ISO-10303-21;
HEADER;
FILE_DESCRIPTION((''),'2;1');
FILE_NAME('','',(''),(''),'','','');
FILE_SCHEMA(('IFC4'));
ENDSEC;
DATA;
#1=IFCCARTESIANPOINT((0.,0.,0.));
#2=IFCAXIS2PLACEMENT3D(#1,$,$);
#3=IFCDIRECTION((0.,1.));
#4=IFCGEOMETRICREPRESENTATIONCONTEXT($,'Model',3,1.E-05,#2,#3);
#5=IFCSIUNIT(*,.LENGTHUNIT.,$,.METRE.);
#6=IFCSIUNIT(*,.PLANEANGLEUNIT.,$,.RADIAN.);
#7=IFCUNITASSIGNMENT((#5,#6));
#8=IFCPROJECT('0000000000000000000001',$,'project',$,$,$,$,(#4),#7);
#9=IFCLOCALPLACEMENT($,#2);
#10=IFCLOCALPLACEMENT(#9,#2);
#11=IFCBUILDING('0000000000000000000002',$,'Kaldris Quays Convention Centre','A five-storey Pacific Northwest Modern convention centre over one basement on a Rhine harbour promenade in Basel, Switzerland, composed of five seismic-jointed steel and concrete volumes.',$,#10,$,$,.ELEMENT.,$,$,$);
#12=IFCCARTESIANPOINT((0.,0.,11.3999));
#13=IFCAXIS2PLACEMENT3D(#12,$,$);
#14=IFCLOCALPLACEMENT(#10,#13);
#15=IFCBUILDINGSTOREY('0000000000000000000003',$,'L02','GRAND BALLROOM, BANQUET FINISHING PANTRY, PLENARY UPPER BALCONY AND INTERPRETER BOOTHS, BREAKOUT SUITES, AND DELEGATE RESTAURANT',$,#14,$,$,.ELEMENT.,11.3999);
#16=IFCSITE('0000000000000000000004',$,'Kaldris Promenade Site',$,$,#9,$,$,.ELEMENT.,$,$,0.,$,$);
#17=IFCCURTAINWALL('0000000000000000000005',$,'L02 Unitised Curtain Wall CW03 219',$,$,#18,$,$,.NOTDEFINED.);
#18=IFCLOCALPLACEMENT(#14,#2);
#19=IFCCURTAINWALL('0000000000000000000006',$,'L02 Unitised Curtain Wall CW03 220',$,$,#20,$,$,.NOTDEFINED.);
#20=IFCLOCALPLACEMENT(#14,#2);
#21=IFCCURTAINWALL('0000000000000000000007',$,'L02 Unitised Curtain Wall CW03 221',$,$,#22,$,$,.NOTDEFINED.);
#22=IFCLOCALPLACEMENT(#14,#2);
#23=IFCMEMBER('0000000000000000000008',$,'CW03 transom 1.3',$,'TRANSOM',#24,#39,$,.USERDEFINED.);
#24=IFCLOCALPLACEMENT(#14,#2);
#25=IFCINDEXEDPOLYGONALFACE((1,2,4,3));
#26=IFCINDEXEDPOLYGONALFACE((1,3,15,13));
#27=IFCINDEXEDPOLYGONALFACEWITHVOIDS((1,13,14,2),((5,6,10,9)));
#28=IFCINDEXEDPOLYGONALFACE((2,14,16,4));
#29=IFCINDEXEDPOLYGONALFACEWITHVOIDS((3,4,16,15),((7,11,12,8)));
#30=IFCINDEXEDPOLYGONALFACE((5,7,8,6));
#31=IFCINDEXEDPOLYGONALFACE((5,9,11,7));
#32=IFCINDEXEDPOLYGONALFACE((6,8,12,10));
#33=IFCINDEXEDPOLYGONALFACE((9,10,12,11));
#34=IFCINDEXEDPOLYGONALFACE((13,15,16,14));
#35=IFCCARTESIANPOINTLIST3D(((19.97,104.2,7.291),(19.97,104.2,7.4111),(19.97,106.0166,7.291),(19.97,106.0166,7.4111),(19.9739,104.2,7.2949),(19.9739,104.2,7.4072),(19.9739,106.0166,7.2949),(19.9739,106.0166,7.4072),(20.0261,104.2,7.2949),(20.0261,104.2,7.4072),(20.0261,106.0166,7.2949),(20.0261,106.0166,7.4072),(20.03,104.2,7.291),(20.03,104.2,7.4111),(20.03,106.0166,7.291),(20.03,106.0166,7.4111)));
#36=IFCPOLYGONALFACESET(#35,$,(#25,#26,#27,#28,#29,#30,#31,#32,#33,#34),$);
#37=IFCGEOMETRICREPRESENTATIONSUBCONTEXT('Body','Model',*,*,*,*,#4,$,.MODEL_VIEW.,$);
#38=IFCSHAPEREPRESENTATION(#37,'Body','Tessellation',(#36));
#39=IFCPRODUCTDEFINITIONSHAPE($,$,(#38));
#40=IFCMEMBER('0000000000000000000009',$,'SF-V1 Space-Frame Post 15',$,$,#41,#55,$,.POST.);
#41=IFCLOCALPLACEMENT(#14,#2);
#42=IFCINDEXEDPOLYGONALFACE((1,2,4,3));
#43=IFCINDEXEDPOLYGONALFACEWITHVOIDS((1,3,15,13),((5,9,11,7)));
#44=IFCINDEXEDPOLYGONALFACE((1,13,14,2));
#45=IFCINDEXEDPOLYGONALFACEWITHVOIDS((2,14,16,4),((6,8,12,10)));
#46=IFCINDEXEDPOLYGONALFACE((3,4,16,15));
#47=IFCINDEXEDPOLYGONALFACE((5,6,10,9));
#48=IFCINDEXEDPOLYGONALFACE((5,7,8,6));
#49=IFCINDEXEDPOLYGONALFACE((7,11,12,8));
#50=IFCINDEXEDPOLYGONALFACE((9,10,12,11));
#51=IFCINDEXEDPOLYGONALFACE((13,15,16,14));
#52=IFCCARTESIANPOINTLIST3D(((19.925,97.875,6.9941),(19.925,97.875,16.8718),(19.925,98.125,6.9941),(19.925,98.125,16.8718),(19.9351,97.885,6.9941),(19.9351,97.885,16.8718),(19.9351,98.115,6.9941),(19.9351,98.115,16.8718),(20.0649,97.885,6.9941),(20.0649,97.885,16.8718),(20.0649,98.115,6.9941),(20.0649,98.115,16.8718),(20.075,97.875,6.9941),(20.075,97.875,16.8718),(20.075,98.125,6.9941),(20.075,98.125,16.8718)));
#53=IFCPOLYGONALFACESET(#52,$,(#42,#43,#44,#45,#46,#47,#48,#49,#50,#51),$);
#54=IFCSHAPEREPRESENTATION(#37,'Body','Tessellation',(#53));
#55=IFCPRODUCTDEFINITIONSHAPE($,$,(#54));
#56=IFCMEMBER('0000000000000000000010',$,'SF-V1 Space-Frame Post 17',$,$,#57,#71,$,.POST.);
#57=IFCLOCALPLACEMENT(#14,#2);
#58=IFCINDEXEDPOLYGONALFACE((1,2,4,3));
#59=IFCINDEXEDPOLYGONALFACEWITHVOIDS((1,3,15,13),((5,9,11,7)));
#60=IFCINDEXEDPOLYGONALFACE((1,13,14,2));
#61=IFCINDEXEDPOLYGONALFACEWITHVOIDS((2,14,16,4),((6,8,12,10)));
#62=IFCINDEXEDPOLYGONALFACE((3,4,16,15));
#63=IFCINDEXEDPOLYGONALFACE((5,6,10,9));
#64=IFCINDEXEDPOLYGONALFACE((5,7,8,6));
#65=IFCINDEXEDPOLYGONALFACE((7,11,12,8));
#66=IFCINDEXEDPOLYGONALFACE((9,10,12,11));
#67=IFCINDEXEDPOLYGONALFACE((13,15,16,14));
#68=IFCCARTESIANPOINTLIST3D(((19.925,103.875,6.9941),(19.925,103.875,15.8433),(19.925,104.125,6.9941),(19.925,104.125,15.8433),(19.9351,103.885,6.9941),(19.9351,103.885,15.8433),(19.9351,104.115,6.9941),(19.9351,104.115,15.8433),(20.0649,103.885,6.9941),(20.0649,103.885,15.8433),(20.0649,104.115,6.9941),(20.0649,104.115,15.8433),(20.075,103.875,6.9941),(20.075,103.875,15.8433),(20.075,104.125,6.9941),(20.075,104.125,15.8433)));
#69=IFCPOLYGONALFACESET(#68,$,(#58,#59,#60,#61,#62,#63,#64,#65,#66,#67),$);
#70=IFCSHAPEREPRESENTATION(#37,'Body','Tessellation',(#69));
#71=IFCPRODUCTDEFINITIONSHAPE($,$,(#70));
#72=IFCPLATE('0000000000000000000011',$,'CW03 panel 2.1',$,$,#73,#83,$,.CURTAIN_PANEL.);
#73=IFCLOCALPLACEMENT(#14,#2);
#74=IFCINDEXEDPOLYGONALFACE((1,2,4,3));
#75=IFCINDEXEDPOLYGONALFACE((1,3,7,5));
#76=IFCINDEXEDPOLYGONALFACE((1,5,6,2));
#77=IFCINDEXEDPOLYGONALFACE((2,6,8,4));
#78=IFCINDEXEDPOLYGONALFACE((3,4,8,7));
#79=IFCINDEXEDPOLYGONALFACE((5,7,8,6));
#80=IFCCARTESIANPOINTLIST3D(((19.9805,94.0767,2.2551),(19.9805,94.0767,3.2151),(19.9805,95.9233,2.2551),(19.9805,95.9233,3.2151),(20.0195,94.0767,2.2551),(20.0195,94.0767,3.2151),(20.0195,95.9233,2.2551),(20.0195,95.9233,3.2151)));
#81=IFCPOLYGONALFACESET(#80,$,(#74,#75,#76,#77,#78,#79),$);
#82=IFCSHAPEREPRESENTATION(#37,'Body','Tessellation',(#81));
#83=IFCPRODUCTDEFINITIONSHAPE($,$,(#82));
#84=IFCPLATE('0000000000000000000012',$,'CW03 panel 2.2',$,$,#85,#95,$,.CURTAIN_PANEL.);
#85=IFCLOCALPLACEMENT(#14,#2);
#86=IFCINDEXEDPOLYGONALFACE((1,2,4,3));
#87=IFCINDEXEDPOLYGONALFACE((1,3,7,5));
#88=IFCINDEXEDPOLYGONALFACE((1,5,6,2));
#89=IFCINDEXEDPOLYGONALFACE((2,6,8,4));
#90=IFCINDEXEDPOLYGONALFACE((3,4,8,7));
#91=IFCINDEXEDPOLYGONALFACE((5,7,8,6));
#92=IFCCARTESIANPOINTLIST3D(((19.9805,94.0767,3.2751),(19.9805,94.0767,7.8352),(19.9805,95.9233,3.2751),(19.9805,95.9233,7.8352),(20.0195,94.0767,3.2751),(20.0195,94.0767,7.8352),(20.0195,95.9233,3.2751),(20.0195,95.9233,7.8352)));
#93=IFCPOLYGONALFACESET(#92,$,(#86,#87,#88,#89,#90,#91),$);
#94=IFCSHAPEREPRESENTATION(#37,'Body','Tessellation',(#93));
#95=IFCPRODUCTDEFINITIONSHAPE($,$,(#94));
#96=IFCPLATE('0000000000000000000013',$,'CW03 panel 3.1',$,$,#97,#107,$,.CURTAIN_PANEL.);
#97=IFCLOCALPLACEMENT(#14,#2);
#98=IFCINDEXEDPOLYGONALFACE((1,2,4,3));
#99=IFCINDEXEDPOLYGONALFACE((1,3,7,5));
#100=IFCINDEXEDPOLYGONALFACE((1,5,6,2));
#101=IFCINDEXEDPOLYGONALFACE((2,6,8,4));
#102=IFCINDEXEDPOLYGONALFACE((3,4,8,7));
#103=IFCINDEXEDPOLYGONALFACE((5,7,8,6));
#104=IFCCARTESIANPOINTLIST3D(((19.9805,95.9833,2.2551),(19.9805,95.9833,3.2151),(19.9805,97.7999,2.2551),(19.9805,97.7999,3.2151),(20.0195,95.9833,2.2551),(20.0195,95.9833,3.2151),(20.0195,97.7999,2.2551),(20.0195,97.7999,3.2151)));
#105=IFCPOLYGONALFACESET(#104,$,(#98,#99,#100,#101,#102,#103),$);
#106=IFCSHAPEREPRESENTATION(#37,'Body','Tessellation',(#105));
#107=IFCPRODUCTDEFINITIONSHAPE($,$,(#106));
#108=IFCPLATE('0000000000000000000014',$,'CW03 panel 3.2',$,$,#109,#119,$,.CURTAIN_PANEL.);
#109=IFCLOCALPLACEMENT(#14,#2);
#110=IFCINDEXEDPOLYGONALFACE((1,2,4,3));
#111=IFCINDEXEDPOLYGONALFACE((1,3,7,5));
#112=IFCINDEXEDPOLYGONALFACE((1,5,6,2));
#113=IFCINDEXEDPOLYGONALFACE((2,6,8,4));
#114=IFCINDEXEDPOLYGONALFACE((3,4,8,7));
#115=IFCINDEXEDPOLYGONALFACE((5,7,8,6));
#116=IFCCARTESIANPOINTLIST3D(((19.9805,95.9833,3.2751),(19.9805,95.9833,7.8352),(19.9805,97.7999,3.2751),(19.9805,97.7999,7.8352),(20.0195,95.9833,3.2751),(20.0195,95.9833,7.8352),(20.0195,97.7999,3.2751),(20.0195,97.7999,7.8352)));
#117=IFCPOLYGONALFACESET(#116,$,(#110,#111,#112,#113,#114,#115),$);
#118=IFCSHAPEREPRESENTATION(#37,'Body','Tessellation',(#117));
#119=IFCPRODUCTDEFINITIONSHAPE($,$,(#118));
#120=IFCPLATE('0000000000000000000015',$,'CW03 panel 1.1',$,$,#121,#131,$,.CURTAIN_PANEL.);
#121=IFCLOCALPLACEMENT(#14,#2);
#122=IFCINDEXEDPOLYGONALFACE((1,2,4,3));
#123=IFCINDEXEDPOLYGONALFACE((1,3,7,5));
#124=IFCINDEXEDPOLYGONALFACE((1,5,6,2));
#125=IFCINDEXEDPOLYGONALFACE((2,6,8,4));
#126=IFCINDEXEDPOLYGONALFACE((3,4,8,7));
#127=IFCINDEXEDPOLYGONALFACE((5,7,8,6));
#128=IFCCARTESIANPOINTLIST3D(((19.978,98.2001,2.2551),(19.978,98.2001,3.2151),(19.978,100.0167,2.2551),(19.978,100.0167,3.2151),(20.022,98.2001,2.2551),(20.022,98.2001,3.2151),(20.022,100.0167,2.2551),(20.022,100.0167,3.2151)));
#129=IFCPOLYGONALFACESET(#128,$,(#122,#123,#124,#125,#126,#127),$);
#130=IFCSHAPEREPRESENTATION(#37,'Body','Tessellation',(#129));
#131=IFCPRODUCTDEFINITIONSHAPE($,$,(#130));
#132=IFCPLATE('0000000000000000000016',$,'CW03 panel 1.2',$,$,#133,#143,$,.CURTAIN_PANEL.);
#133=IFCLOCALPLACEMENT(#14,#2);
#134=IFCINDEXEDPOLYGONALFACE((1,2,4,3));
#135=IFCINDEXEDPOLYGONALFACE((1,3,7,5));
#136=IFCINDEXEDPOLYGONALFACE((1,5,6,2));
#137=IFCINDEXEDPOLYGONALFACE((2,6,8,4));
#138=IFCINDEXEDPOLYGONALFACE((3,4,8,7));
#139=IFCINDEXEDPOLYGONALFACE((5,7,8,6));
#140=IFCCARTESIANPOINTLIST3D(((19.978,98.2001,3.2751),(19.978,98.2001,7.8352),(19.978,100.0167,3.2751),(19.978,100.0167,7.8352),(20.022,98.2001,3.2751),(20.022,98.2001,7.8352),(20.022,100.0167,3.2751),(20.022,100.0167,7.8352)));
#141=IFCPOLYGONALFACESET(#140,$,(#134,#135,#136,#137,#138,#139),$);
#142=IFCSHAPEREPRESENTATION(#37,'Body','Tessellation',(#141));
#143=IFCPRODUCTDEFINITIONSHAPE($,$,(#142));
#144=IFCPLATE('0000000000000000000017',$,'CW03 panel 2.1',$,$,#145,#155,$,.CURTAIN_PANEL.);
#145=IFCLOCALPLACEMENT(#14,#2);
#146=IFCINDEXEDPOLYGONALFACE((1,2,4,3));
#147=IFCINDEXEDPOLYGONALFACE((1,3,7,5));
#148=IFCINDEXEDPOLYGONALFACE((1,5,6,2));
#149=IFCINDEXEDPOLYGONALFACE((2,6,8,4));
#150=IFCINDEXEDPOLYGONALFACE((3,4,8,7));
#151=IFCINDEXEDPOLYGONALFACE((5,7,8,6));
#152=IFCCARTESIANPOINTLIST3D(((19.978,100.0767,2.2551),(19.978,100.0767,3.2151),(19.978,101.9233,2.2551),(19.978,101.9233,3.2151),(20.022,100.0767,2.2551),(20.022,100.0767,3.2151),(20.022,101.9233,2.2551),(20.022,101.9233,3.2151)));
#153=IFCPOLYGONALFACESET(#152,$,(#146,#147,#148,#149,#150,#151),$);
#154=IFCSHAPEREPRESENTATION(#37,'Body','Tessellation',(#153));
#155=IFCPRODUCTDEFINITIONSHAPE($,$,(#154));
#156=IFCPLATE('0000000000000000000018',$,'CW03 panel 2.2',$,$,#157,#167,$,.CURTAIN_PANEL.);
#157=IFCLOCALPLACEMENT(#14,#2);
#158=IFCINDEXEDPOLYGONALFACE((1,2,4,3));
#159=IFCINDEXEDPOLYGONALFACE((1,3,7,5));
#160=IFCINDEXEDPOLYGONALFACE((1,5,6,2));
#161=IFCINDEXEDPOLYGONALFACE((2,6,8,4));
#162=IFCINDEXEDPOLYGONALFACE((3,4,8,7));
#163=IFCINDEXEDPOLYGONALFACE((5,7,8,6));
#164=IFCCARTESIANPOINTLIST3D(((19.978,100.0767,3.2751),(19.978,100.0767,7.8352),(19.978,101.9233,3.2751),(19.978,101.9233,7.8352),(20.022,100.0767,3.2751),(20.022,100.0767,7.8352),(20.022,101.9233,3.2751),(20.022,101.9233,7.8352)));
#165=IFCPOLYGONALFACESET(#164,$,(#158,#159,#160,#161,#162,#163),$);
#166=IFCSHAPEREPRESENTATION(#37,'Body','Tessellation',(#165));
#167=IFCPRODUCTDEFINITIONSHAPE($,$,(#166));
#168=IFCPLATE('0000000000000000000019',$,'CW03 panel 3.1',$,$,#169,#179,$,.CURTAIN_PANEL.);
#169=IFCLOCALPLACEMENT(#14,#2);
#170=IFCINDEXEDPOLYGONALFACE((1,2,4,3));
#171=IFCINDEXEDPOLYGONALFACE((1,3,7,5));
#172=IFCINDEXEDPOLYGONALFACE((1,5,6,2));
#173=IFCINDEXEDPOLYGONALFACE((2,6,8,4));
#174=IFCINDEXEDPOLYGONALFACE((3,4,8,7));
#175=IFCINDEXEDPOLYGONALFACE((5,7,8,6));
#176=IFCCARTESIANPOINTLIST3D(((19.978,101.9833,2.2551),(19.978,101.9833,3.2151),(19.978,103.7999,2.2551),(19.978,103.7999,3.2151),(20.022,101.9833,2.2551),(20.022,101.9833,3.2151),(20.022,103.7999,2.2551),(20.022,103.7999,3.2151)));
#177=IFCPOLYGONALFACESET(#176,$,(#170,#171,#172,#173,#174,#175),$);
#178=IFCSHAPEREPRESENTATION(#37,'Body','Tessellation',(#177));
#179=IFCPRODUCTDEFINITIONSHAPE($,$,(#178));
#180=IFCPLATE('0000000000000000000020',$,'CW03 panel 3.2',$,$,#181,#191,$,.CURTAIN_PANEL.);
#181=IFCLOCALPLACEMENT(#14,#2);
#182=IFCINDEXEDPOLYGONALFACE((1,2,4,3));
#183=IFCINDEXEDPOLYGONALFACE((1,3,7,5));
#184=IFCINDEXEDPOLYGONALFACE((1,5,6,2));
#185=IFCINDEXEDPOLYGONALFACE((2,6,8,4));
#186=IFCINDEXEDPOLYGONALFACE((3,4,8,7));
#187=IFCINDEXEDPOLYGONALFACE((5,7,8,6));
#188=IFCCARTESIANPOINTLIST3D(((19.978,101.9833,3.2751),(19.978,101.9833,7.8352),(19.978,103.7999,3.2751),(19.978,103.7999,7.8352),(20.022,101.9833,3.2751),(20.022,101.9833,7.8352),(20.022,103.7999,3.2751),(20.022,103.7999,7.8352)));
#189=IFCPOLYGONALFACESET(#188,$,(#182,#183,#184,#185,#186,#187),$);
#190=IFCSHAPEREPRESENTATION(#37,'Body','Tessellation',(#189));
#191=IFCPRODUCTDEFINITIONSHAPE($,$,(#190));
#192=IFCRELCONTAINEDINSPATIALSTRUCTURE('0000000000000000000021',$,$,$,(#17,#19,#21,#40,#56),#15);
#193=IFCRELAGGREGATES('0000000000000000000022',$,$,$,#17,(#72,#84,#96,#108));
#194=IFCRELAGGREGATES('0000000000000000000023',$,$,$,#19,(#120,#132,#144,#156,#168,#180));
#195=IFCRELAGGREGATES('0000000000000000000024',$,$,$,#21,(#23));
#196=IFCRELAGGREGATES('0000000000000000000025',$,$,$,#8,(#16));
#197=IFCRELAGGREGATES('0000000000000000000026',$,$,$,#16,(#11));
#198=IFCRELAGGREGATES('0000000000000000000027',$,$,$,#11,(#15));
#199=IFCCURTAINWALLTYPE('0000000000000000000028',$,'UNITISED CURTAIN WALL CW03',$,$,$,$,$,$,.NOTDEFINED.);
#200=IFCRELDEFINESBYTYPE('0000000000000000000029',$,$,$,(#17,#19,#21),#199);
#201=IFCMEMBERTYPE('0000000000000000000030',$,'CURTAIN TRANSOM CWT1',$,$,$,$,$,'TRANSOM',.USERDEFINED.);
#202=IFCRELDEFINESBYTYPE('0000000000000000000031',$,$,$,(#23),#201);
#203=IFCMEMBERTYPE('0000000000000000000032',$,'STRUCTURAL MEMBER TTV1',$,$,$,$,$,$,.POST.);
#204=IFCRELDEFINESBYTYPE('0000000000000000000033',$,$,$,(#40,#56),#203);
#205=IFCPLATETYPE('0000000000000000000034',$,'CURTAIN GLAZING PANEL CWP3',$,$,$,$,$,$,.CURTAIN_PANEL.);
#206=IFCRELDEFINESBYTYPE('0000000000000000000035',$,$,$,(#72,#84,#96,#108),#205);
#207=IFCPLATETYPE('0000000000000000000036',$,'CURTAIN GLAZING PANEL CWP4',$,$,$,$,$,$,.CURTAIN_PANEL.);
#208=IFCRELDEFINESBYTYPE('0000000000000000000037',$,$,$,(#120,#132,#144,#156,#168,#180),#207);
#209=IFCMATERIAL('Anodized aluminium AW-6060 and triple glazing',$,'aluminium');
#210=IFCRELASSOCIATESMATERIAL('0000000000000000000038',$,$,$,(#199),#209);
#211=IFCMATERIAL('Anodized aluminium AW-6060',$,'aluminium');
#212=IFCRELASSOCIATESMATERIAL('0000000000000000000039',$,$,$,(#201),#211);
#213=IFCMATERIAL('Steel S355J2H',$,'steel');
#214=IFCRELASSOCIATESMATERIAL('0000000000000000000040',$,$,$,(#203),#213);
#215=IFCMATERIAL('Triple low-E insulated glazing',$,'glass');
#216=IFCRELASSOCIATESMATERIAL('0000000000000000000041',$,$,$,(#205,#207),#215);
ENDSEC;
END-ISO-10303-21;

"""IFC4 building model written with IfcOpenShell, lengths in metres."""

from ifc_helpers import new_model, si_unit, direction, frame, origin, origin_2d, place, context, subcontext, project, spatial, rectangle, hollow_rectangle, extrude, material, material_profile, profile_set, type_object, element, aggregate, save


model = new_model("IFC4")

# Units and contexts
model_context = context("Model", 3, precision=1e-05, world=origin(), true_north=direction((0.0, 1.0)))
body_context = subcontext(model_context, "Body", "Model", "MODEL_VIEW")
ifc_project = project(units=[si_unit("LENGTHUNIT", "METRE"), si_unit("PLANEANGLEUNIT", "RADIAN")], contexts=[model_context])

# Site, building, storey
site_placement = place(None, origin())
site = spatial("IfcSite", under=ifc_project, at=site_placement, Name="Kaldris Promenade Site", CompositionType="ELEMENT", RefElevation=0.0)
building_placement = place(site_placement, origin())
building = spatial("IfcBuilding", under=site, at=building_placement, Name="Kaldris Quays Convention Centre", Description="A five-storey Pacific Northwest Modern convention centre over one basement on a Rhine harbour promenade in Basel, Switzerland, composed of five seismic-jointed steel and concrete volumes.", CompositionType="ELEMENT")
storey_placement = place(building_placement, frame((0.0, 0.0, 11.3999)))
storey = spatial("IfcBuildingStorey", under=building, at=storey_placement, Name="L02", Description="GRAND BALLROOM, BANQUET FINISHING PANTRY, PLENARY UPPER BALCONY AND INTERPRETER BOOTHS, BREAKOUT SUITES, AND DELEGATE RESTAURANT", CompositionType="ELEMENT", Elevation=11.3999)

# Curtain walls
ifc_material_1 = material(Name="Anodized aluminium AW-6060 and triple glazing", Category="aluminium")
curtain_wall_type = type_object("IfcCurtainWallType", Name="UNITISED CURTAIN WALL CW03", PredefinedType="NOTDEFINED", material=ifc_material_1)
curtain_wall_1_placement = place(storey_placement, origin())
curtain_wall_1 = element("IfcCurtainWall", 1, at=curtain_wall_1_placement, inside=storey, type_object=curtain_wall_type, Name="L02 Unitised Curtain Wall CW03 219", PredefinedType="NOTDEFINED")
ifc_material_2 = material(Name="Anodized aluminium AW-6060", Category="aluminium")
curtain_wall_2_placement = place(storey_placement, origin())
curtain_wall_2 = element("IfcCurtainWall", 2, at=curtain_wall_2_placement, inside=storey, type_object=curtain_wall_type, Name="L02 Unitised Curtain Wall CW03 220", PredefinedType="NOTDEFINED")

# Curtain wall
curtain_wall_3_placement = place(storey_placement, origin())
curtain_wall_3 = element("IfcCurtainWall", 3, at=curtain_wall_3_placement, inside=storey, type_object=curtain_wall_type, Name="L02 Unitised Curtain Wall CW03 221", PredefinedType="NOTDEFINED")

# Member
ifc_material_profile_1 = material_profile(ifc_material_2, hollow_rectangle(XDim=0.0601, YDim=0.1201, WallThickness=0.0039, at=origin_2d()), Name="RHS 120x60x4")
ifc_profile_set_1 = profile_set([ifc_material_profile_1], Name="Anodized aluminium AW-6060")
member_type_1 = type_object("IfcMemberType", Name="CURTAIN TRANSOM CWT1", ElementType="TRANSOM", PredefinedType="USERDEFINED", material=ifc_profile_set_1)
member_1_placement = place(storey_placement, frame((20.0, 104.2, 7.3511), z_axis=(0.0, 1.0, 0.0), x_axis=(-1.0, 0.0, 0.0)))
member_1 = element("IfcMember", 4, at=member_1_placement, type_object=member_type_1, Name="CW03 transom 1.3", ObjectType="TRANSOM", PredefinedType="USERDEFINED", context=body_context, shape_type="SweptSolid", body=[
    extrude(hollow_rectangle(XDim=0.0601, YDim=0.1201, WallThickness=0.0039, at=origin_2d()), origin(), (0.0, 0.0, 1.0), 1.8167),
])

# Members
ifc_material_3 = material(Name="Steel S355J2H", Category="steel")
ifc_material_profile_2 = material_profile(ifc_material_3, hollow_rectangle(XDim=0.1499, YDim=0.25, WallThickness=0.01, at=origin_2d()), Name="RHS 250x150x10")
ifc_profile_set_2 = profile_set([ifc_material_profile_2], Name="Steel S355J2H")
member_type_2 = type_object("IfcMemberType", Name="STRUCTURAL MEMBER TTV1", PredefinedType="POST", material=ifc_profile_set_2)
member_2_placement = place(storey_placement, frame((20.0, 98.0, 6.9941), z_axis=(0.0, 0.0, 1.0), x_axis=(1.0, 0.0, 0.0)))
element("IfcMember", 5, at=member_2_placement, inside=storey, type_object=member_type_2, Name="SF-V1 Space-Frame Post 15", PredefinedType="POST", context=body_context, shape_type="SweptSolid", body=[
    extrude(hollow_rectangle(XDim=0.1499, YDim=0.25, WallThickness=0.01, at=origin_2d()), origin(), (0.0, 0.0, 1.0), 9.8777),
])
member_3_placement = place(storey_placement, frame((20.0, 104.0, 6.9941), z_axis=(0.0, 0.0, 1.0), x_axis=(1.0, 0.0, 0.0)))
element("IfcMember", 6, at=member_3_placement, inside=storey, type_object=member_type_2, Name="SF-V1 Space-Frame Post 17", PredefinedType="POST", context=body_context, shape_type="SweptSolid", body=[
    extrude(hollow_rectangle(XDim=0.1499, YDim=0.25, WallThickness=0.01, at=origin_2d()), origin(), (0.0, 0.0, 1.0), 8.8491),
])

# Plates
ifc_material_4 = material(Name="Triple low-E insulated glazing", Category="glass")
plate_type_1 = type_object("IfcPlateType", Name="CURTAIN GLAZING PANEL CWP3", PredefinedType="CURTAIN_PANEL", material=ifc_material_4)
plate_1_placement = place(storey_placement, frame((20.0, 95.0, 2.2551), z_axis=(0.0, 0.0, 1.0), x_axis=(0.0, 1.0, 0.0)))
plate_1 = element("IfcPlate", 7, at=plate_1_placement, type_object=plate_type_1, Name="CW03 panel 2.1", PredefinedType="CURTAIN_PANEL", context=body_context, shape_type="SweptSolid", body=[
    extrude(rectangle(XDim=1.8467, YDim=0.0391, at=origin_2d()), origin(), (0.0, 0.0, 1.0), 0.96),
])
plate_2_placement = place(storey_placement, frame((20.0, 95.0, 3.2751), z_axis=(0.0, 0.0, 1.0), x_axis=(0.0, 1.0, 0.0)))
plate_2 = element("IfcPlate", 8, at=plate_2_placement, type_object=plate_type_1, Name="CW03 panel 2.2", PredefinedType="CURTAIN_PANEL", context=body_context, shape_type="SweptSolid", body=[
    extrude(rectangle(XDim=1.8467, YDim=0.0391, at=origin_2d()), origin(), (0.0, 0.0, 1.0), 4.5601),
])
plate_3_placement = place(storey_placement, frame((20.0, 96.8916, 2.2551), z_axis=(0.0, 0.0, 1.0), x_axis=(0.0, 1.0, 0.0)))
plate_3 = element("IfcPlate", 9, at=plate_3_placement, type_object=plate_type_1, Name="CW03 panel 3.1", PredefinedType="CURTAIN_PANEL", context=body_context, shape_type="SweptSolid", body=[
    extrude(rectangle(XDim=1.8167, YDim=0.0391, at=origin_2d()), origin(), (0.0, 0.0, 1.0), 0.96),
])
plate_4_placement = place(storey_placement, frame((20.0, 96.8916, 3.2751), z_axis=(0.0, 0.0, 1.0), x_axis=(0.0, 1.0, 0.0)))
plate_4 = element("IfcPlate", 10, at=plate_4_placement, type_object=plate_type_1, Name="CW03 panel 3.2", PredefinedType="CURTAIN_PANEL", context=body_context, shape_type="SweptSolid", body=[
    extrude(rectangle(XDim=1.8167, YDim=0.0391, at=origin_2d()), origin(), (0.0, 0.0, 1.0), 4.5601),
])
aggregate(curtain_wall_1, [plate_1, plate_2, plate_3, plate_4])
plate_type_2 = type_object("IfcPlateType", Name="CURTAIN GLAZING PANEL CWP4", PredefinedType="CURTAIN_PANEL", material=ifc_material_4)
plate_5_placement = place(storey_placement, frame((20.0, 99.1084, 2.2551), z_axis=(0.0, 0.0, 1.0), x_axis=(0.0, 1.0, 0.0)))
plate_5 = element("IfcPlate", 11, at=plate_5_placement, type_object=plate_type_2, Name="CW03 panel 1.1", PredefinedType="CURTAIN_PANEL", context=body_context, shape_type="SweptSolid", body=[
    extrude(rectangle(XDim=1.8167, YDim=0.0439, at=origin_2d()), origin(), (0.0, 0.0, 1.0), 0.96),
])
plate_6_placement = place(storey_placement, frame((20.0, 99.1084, 3.2751), z_axis=(0.0, 0.0, 1.0), x_axis=(0.0, 1.0, 0.0)))
plate_6 = element("IfcPlate", 12, at=plate_6_placement, type_object=plate_type_2, Name="CW03 panel 1.2", PredefinedType="CURTAIN_PANEL", context=body_context, shape_type="SweptSolid", body=[
    extrude(rectangle(XDim=1.8167, YDim=0.0439, at=origin_2d()), origin(), (0.0, 0.0, 1.0), 4.5601),
])
plate_7_placement = place(storey_placement, frame((20.0, 101.0, 2.2551), z_axis=(0.0, 0.0, 1.0), x_axis=(0.0, 1.0, 0.0)))
plate_7 = element("IfcPlate", 13, at=plate_7_placement, type_object=plate_type_2, Name="CW03 panel 2.1", PredefinedType="CURTAIN_PANEL", context=body_context, shape_type="SweptSolid", body=[
    extrude(rectangle(XDim=1.8467, YDim=0.0439, at=origin_2d()), origin(), (0.0, 0.0, 1.0), 0.96),
])
plate_8_placement = place(storey_placement, frame((20.0, 101.0, 3.2751), z_axis=(0.0, 0.0, 1.0), x_axis=(0.0, 1.0, 0.0)))
plate_8 = element("IfcPlate", 14, at=plate_8_placement, type_object=plate_type_2, Name="CW03 panel 2.2", PredefinedType="CURTAIN_PANEL", context=body_context, shape_type="SweptSolid", body=[
    extrude(rectangle(XDim=1.8467, YDim=0.0439, at=origin_2d()), origin(), (0.0, 0.0, 1.0), 4.5601),
])
plate_9_placement = place(storey_placement, frame((20.0, 102.8916, 2.2551), z_axis=(0.0, 0.0, 1.0), x_axis=(0.0, 1.0, 0.0)))
plate_9 = element("IfcPlate", 15, at=plate_9_placement, type_object=plate_type_2, Name="CW03 panel 3.1", PredefinedType="CURTAIN_PANEL", context=body_context, shape_type="SweptSolid", body=[
    extrude(rectangle(XDim=1.8167, YDim=0.0439, at=origin_2d()), origin(), (0.0, 0.0, 1.0), 0.96),
])
plate_10_placement = place(storey_placement, frame((20.0, 102.8916, 3.2751), z_axis=(0.0, 0.0, 1.0), x_axis=(0.0, 1.0, 0.0)))
plate_10 = element("IfcPlate", 16, at=plate_10_placement, type_object=plate_type_2, Name="CW03 panel 3.2", PredefinedType="CURTAIN_PANEL", context=body_context, shape_type="SweptSolid", body=[
    extrude(rectangle(XDim=1.8167, YDim=0.0439, at=origin_2d()), origin(), (0.0, 0.0, 1.0), 4.5601),
])
aggregate(curtain_wall_2, [plate_5, plate_6, plate_7, plate_8, plate_9, plate_10])
aggregate(curtain_wall_3, [member_1])

save(model, "model.ifc")
